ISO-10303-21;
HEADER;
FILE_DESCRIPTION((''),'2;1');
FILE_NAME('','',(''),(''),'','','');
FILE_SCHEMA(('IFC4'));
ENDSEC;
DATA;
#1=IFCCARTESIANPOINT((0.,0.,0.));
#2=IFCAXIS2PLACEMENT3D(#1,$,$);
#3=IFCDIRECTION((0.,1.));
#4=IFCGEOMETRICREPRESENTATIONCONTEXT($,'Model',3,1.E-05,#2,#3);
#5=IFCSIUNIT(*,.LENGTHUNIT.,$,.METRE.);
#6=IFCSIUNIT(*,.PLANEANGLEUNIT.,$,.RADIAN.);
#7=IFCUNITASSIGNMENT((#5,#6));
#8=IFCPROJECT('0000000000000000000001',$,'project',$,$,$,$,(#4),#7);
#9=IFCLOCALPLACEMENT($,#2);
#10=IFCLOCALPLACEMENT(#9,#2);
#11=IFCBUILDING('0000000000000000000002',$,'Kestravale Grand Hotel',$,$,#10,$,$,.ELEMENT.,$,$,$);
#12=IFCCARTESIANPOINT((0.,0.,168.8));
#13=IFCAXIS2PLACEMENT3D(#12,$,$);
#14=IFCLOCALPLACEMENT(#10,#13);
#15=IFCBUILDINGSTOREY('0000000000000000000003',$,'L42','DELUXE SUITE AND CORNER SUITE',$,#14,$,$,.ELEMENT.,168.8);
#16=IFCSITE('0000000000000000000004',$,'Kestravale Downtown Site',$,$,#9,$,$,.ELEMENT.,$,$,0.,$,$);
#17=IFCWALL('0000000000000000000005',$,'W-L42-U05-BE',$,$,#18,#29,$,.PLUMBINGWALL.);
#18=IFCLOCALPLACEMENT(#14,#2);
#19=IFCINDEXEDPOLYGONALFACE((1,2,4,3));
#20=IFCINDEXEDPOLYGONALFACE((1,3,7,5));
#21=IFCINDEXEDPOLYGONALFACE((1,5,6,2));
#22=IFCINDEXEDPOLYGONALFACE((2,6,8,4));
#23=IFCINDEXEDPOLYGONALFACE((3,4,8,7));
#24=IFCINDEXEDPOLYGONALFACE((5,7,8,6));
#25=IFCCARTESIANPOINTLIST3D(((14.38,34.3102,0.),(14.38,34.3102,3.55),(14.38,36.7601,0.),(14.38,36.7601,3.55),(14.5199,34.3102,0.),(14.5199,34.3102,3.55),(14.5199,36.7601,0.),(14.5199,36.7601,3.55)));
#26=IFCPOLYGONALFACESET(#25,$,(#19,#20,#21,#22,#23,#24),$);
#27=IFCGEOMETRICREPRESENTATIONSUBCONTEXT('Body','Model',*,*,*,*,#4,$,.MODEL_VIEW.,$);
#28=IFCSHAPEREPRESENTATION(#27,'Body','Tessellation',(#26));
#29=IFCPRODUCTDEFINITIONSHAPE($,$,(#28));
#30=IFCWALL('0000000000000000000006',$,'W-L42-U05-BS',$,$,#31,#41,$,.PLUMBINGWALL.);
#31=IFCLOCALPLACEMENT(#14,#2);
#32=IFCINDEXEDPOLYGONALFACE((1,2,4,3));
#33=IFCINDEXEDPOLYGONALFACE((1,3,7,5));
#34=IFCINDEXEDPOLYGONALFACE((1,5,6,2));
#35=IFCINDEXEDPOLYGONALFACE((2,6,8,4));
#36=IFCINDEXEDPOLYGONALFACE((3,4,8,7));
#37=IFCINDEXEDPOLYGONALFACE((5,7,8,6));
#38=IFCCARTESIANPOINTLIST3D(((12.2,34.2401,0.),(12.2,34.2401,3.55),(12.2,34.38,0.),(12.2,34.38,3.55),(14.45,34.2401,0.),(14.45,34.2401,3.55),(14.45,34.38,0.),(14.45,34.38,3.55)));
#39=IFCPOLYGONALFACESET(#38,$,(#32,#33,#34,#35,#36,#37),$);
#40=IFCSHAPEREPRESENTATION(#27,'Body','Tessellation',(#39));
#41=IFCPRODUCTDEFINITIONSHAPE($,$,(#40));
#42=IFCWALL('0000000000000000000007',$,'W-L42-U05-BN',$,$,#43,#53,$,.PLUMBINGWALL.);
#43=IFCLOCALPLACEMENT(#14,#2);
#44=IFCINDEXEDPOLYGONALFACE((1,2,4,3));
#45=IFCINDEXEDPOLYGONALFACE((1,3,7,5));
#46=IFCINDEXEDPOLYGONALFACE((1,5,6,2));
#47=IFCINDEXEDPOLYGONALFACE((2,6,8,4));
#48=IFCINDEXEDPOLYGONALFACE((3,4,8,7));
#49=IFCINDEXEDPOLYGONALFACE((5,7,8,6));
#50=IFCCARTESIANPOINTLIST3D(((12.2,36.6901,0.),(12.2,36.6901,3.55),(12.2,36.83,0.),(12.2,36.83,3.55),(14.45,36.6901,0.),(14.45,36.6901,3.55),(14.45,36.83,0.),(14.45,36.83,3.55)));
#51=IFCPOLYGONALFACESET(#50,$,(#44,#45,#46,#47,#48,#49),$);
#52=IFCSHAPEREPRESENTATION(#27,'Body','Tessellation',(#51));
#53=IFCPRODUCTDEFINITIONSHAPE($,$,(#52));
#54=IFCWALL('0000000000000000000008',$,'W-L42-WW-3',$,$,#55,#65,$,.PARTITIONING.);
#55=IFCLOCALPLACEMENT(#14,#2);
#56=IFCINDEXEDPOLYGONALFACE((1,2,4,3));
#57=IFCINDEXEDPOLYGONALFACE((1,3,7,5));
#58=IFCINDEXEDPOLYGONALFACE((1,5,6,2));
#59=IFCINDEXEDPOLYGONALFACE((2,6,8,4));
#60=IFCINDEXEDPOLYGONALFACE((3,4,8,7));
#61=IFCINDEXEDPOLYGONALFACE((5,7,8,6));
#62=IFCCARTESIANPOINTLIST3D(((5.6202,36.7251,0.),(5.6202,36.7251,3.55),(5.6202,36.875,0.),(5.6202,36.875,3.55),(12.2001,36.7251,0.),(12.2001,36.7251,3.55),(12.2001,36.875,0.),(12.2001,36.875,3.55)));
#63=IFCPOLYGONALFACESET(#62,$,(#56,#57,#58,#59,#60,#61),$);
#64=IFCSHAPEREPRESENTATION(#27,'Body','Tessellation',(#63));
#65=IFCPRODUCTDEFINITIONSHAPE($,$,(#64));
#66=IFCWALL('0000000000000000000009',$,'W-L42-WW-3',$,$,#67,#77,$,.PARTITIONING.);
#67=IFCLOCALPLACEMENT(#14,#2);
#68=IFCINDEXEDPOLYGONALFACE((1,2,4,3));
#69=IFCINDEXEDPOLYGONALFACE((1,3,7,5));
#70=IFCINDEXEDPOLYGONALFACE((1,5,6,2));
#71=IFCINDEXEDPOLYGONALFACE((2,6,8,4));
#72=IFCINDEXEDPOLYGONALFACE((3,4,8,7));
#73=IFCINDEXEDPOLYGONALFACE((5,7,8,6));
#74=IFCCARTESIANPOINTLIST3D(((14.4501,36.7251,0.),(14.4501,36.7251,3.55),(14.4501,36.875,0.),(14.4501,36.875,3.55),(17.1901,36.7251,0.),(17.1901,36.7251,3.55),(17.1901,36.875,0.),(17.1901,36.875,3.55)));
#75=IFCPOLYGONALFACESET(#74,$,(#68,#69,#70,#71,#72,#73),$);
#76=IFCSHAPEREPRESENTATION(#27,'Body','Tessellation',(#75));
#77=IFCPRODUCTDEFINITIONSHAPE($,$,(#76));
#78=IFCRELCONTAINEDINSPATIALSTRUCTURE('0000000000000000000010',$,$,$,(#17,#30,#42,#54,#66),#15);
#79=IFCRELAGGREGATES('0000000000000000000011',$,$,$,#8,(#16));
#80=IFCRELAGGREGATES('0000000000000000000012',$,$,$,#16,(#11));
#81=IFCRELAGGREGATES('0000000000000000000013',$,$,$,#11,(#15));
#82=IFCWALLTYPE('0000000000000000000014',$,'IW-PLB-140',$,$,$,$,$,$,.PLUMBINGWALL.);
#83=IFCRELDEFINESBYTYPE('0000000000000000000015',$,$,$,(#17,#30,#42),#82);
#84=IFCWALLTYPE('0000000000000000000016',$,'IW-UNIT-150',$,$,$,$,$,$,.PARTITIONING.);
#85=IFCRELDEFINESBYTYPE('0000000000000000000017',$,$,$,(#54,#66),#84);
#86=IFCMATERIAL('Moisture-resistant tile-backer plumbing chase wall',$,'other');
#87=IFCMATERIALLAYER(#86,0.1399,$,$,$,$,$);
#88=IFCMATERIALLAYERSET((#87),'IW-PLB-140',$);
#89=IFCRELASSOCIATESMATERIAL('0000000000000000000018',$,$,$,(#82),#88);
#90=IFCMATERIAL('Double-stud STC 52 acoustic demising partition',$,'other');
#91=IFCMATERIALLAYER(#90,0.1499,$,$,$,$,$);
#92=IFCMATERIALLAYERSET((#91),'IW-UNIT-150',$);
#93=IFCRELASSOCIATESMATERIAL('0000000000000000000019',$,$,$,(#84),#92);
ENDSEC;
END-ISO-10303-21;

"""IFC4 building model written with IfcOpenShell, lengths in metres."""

from ifc_helpers import new_model, si_unit, direction, frame, frame_2d, origin, place, context, subcontext, project, spatial, rectangle, extrude, material, layer, layer_set, type_object, element, save


model = new_model("IFC4")

# Units and contexts
model_context = context("Model", 3, precision=1e-05, world=origin(), true_north=direction((0.0, 1.0)))
body_context = subcontext(model_context, "Body", "Model", "MODEL_VIEW")
ifc_project = project(units=[si_unit("LENGTHUNIT", "METRE"), si_unit("PLANEANGLEUNIT", "RADIAN")], contexts=[model_context])

# Site, building, storey
site_placement = place(None, origin())
site = spatial("IfcSite", under=ifc_project, at=site_placement, Name="Kestravale Downtown Site", CompositionType="ELEMENT", RefElevation=0.0)
building_placement = place(site_placement, origin())
building = spatial("IfcBuilding", under=site, at=building_placement, Name="Kestravale Grand Hotel", CompositionType="ELEMENT")
storey_placement = place(building_placement, frame((0.0, 0.0, 168.8)))
storey = spatial("IfcBuildingStorey", under=building, at=storey_placement, Name="L42", Description="DELUXE SUITE AND CORNER SUITE", CompositionType="ELEMENT", Elevation=168.8)

# Shared definitions
ifc_material_1 = material(Name="Moisture-resistant tile-backer plumbing chase wall", Category="other")
ifc_layer_1 = layer(ifc_material_1, 0.1399)
ifc_layer_set_1 = layer_set([ifc_layer_1], Name="IW-PLB-140")
wall_type_1 = type_object("IfcWallType", Name="IW-PLB-140", PredefinedType="PLUMBINGWALL", material=ifc_layer_set_1)

# Walls
wall_1_placement = place(storey_placement, frame((14.45, 34.3101, 0.0), z_axis=(0.0, 0.0, 1.0), x_axis=(0.0, 1.0, 0.0)))
element("IfcWall", 1, at=wall_1_placement, inside=storey, type_object=wall_type_1, Name="W-L42-U05-BE", PredefinedType="PLUMBINGWALL", context=body_context, shape_type="SweptSolid", body=[
    extrude(rectangle(XDim=2.45, YDim=0.1399, at=frame_2d((1.2251, 0.0))), origin(), (0.0, 0.0, 1.0), 3.55),
])
for number, where, z_axis, x_axis, name in (
    (2, (12.2, 34.3101, 0.0), (0.0, 0.0, 1.0), (1.0, 0.0, 0.0), "W-L42-U05-BS"),
    (3, (12.2, 36.76, 0.0), (0.0, 0.0, 1.0), (1.0, 0.0, 0.0), "W-L42-U05-BN"),
):
    element("IfcWall", number, at=place(storey_placement, frame(where, z_axis=z_axis, x_axis=x_axis)), inside=storey, type_object=wall_type_1, Name=name, PredefinedType="PLUMBINGWALL", context=body_context, shape_type="SweptSolid", body=[
        extrude(rectangle(XDim=2.25, YDim=0.1399, at=frame_2d((1.125, 0.0))), origin(), (0.0, 0.0, 1.0), 3.55),
    ])
ifc_material_2 = material(Name="Double-stud STC 52 acoustic demising partition", Category="other")
ifc_layer_2 = layer(ifc_material_2, 0.1499)
ifc_layer_set_2 = layer_set([ifc_layer_2], Name="IW-UNIT-150")
wall_type_2 = type_object("IfcWallType", Name="IW-UNIT-150", PredefinedType="PARTITIONING", material=ifc_layer_set_2)
wall_2_placement = place(storey_placement, frame((5.6201, 36.8, 0.0), z_axis=(0.0, 0.0, 1.0), x_axis=(1.0, 0.0, 0.0)))
element("IfcWall", 4, at=wall_2_placement, inside=storey, type_object=wall_type_2, Name="W-L42-WW-3", PredefinedType="PARTITIONING", context=body_context, shape_type="SweptSolid", body=[
    extrude(rectangle(XDim=6.5798, YDim=0.1499, at=frame_2d((3.29, 0.0))), origin(), (0.0, 0.0, 1.0), 3.55),
])
wall_3_placement = place(storey_placement, frame((14.45, 36.8, 0.0), z_axis=(0.0, 0.0, 1.0), x_axis=(1.0, 0.0, 0.0)))
element("IfcWall", 5, at=wall_3_placement, inside=storey, type_object=wall_type_2, Name="W-L42-WW-3", PredefinedType="PARTITIONING", context=body_context, shape_type="SweptSolid", body=[
    extrude(rectangle(XDim=2.74, YDim=0.1499, at=frame_2d((1.3701, 0.0))), origin(), (0.0, 0.0, 1.0), 3.55),
])

save(model, "model.ifc")
